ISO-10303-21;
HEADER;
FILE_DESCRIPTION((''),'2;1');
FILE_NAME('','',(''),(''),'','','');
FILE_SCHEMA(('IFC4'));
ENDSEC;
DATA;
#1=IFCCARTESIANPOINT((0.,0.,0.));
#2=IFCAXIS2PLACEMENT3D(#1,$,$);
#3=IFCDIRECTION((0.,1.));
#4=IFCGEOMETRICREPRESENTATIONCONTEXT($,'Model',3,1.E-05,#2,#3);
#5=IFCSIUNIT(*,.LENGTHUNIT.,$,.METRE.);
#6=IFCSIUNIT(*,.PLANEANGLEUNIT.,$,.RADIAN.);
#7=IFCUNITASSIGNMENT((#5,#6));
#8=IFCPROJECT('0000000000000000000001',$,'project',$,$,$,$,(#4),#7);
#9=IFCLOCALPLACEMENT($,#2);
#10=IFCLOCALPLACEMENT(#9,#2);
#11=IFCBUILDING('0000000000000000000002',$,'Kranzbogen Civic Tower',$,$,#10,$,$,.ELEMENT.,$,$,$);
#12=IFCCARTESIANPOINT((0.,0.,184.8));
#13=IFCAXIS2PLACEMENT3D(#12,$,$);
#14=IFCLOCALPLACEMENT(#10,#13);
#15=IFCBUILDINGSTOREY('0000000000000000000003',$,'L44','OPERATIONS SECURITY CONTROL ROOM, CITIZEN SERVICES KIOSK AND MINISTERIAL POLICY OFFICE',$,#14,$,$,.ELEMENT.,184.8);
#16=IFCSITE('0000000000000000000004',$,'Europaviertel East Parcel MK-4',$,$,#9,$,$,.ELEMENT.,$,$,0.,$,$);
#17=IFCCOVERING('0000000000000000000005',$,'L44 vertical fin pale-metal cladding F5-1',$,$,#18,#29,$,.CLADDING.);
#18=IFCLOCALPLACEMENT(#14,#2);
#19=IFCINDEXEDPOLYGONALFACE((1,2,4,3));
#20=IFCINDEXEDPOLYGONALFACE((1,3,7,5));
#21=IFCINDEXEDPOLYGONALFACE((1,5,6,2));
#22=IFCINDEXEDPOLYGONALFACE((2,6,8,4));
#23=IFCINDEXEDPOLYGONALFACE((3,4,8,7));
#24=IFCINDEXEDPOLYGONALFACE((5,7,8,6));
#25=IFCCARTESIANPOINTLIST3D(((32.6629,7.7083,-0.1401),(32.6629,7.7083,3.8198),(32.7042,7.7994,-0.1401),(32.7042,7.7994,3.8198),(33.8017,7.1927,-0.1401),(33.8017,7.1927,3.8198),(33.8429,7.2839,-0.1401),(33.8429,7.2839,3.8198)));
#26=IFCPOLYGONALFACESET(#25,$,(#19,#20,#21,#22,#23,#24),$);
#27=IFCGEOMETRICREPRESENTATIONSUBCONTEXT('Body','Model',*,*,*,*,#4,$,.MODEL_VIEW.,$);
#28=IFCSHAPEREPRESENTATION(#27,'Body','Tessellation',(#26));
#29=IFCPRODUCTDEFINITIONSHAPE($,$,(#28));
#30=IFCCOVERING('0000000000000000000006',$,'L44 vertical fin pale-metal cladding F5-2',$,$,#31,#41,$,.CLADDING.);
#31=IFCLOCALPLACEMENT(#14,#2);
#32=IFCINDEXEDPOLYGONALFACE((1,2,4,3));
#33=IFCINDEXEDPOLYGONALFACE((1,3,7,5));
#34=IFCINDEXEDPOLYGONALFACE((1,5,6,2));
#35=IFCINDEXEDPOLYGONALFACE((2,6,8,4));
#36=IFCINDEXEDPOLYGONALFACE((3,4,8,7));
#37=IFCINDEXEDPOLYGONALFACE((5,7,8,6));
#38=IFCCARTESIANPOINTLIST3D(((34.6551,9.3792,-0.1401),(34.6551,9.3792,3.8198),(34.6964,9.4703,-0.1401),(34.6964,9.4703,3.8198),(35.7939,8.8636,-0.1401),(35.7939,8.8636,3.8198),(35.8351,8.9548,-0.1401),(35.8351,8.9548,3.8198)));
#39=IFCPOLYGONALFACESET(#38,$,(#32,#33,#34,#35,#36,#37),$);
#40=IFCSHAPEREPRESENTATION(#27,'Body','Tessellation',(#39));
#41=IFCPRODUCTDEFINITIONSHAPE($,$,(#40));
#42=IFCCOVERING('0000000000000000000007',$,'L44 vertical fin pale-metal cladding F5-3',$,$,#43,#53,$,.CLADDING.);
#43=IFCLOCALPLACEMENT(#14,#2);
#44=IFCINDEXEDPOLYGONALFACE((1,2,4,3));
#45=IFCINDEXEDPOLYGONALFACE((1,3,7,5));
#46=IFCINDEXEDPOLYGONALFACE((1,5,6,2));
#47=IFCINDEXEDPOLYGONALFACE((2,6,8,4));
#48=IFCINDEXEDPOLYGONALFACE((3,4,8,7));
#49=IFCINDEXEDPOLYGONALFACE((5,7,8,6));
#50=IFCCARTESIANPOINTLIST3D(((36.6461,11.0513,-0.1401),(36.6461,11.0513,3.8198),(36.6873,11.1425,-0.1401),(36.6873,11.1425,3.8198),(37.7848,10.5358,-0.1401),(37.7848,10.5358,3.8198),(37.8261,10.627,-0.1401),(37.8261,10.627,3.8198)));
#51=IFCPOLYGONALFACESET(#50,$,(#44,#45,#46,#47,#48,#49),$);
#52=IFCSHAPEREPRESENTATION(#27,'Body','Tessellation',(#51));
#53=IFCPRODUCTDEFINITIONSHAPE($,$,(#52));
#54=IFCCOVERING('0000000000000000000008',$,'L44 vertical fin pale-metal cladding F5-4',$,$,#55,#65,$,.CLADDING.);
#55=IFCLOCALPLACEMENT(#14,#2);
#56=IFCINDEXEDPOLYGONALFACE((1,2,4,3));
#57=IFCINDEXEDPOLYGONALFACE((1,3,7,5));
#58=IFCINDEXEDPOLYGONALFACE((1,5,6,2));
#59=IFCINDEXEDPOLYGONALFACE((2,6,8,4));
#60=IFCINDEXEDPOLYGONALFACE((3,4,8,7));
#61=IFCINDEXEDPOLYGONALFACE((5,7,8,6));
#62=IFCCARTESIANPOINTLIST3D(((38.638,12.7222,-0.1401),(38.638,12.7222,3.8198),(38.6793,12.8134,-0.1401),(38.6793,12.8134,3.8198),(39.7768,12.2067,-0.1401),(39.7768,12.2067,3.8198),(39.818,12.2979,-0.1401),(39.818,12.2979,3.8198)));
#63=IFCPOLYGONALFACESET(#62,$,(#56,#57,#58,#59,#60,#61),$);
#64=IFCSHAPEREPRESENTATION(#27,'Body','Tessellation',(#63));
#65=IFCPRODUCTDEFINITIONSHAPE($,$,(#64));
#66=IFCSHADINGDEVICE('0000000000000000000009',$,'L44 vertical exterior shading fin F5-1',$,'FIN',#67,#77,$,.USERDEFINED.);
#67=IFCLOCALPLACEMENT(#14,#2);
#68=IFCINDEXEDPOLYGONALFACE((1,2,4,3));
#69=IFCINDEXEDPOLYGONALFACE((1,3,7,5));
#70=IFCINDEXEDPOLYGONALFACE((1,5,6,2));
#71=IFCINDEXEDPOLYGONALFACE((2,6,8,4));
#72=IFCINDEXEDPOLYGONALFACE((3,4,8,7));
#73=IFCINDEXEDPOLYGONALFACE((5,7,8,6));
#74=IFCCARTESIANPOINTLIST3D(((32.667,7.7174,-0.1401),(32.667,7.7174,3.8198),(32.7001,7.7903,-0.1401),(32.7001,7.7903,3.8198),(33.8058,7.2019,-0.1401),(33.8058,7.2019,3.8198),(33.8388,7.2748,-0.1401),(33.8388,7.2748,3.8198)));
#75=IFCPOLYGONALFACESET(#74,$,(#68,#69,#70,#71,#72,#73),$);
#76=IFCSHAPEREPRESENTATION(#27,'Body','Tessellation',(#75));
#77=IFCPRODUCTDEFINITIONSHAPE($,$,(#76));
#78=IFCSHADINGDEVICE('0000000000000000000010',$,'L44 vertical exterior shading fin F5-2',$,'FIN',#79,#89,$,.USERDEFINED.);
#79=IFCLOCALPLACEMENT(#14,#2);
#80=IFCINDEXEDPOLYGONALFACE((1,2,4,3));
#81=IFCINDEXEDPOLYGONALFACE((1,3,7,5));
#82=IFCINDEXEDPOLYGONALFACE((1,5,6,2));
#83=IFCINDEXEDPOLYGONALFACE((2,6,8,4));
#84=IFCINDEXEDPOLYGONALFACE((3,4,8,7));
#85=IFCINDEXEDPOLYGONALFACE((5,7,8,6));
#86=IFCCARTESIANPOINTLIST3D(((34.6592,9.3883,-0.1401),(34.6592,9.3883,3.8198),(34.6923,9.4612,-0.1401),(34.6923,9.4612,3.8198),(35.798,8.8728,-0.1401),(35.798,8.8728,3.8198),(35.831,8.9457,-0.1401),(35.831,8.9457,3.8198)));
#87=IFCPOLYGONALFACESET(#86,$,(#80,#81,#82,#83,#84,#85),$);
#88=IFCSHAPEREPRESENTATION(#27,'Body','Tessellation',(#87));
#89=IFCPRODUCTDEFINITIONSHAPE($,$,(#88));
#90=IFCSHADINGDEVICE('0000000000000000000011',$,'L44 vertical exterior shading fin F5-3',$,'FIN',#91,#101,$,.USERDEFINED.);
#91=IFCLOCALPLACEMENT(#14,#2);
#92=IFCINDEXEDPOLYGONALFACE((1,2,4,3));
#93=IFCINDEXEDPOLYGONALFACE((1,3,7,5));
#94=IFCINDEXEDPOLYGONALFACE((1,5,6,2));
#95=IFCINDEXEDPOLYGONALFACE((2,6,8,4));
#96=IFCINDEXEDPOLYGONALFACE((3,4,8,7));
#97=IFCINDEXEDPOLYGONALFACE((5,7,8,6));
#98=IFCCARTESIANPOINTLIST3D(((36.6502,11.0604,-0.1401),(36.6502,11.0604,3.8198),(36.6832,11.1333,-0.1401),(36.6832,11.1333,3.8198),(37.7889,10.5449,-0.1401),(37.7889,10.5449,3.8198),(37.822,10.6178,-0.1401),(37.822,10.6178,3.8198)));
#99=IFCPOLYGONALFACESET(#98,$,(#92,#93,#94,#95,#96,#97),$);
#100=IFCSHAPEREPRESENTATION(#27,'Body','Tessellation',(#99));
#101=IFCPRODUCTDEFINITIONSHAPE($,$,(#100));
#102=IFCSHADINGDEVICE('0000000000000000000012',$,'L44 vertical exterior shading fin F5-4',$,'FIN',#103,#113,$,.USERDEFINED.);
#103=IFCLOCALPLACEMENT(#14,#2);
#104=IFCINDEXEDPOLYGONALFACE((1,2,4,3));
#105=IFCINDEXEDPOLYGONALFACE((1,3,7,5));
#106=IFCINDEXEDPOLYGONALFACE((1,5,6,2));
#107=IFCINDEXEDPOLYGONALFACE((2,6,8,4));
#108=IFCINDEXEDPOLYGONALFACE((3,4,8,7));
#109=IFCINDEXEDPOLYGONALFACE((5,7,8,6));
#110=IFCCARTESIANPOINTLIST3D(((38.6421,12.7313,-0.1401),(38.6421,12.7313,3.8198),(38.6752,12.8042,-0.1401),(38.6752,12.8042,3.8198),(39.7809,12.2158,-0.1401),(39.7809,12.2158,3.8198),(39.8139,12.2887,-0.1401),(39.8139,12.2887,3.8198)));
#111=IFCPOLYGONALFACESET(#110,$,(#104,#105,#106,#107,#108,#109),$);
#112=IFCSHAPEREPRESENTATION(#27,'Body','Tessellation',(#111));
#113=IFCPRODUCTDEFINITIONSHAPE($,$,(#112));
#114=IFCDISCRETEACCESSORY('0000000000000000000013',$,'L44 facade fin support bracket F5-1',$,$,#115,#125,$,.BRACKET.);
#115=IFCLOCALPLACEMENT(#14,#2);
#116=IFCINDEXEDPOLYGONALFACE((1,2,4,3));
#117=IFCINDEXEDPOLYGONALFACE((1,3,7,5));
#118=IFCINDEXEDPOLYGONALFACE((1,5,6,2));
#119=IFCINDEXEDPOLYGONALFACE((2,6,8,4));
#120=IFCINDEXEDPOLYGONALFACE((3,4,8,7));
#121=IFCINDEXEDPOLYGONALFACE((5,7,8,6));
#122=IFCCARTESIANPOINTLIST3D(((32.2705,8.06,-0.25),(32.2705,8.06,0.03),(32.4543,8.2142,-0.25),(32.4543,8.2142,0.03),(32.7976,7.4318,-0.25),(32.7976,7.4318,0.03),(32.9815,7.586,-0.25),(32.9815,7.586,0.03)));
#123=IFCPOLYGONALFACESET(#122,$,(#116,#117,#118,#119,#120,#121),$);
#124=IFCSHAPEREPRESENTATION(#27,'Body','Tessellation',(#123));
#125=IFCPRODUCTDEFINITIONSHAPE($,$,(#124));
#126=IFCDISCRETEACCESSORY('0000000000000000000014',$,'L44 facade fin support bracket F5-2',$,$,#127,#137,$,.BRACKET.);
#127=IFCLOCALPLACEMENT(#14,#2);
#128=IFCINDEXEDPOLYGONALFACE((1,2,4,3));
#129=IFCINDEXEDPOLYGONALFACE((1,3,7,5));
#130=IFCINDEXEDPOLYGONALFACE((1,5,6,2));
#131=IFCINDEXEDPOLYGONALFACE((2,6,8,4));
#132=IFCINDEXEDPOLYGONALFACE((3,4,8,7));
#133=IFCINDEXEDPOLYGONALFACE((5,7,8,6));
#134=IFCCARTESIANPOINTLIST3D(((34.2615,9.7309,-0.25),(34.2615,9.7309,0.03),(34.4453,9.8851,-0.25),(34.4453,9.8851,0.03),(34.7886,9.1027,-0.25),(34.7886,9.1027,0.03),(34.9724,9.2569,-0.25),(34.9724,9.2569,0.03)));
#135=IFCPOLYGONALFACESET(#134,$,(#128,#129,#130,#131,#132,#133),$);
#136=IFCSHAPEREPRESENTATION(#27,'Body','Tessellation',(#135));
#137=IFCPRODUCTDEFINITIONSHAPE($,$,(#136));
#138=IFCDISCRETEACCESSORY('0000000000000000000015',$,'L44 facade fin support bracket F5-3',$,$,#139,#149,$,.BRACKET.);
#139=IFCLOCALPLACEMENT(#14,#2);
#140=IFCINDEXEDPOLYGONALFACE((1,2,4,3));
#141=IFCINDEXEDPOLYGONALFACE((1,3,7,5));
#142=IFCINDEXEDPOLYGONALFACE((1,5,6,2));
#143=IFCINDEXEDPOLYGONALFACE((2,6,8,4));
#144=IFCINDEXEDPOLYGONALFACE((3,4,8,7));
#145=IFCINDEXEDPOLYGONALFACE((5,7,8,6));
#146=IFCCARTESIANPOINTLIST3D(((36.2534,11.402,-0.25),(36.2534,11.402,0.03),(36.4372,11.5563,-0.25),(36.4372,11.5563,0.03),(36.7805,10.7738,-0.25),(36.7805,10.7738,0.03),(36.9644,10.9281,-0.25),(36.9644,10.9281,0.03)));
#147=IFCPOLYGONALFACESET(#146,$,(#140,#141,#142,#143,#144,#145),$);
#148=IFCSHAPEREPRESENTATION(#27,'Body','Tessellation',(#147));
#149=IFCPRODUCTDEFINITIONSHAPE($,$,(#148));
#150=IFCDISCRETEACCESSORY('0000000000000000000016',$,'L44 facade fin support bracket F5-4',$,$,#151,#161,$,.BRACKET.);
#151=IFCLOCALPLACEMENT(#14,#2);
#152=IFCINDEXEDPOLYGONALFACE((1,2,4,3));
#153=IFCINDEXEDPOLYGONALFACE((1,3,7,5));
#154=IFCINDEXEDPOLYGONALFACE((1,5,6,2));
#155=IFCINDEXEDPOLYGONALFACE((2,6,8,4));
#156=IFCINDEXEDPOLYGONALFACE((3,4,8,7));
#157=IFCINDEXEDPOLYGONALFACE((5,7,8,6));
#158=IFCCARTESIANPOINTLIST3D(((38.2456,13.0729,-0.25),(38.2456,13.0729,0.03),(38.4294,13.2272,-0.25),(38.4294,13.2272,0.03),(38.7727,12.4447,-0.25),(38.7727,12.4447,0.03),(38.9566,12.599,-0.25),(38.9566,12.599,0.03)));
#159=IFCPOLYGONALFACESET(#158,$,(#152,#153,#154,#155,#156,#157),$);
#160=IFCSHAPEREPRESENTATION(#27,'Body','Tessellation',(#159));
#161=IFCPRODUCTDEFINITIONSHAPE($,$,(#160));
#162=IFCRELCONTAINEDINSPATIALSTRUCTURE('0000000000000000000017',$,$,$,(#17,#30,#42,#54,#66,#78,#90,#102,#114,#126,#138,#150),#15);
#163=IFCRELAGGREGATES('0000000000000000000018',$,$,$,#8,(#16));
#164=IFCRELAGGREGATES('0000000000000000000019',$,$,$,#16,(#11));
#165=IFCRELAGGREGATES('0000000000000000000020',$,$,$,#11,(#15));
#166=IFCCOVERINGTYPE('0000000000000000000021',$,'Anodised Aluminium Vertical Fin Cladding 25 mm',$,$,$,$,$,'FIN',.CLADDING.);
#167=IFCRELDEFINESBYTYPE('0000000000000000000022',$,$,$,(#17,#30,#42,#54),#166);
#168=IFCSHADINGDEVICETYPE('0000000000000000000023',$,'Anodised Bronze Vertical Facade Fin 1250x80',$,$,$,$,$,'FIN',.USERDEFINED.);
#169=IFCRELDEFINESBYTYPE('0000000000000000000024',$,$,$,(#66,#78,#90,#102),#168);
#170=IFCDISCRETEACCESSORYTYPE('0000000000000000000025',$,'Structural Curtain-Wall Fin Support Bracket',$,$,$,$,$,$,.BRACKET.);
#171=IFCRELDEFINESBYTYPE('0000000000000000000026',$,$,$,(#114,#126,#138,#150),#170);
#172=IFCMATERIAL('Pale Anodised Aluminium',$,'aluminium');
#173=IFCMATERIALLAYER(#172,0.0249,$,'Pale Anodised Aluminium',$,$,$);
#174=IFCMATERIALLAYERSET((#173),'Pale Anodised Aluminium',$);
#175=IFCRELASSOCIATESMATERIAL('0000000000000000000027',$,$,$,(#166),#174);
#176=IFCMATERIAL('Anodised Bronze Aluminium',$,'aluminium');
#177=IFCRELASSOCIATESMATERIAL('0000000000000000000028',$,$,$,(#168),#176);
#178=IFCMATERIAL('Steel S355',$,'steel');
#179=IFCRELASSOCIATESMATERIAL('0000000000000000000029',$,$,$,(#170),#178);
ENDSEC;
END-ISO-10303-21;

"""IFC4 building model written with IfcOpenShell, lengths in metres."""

from ifc_helpers import new_model, si_unit, direction, frame, origin, origin_2d, place, context, subcontext, project, spatial, rectangle, extrude, material, layer, layer_set, type_object, element, save


model = new_model("IFC4")

# Units and contexts
model_context = context("Model", 3, precision=1e-05, world=origin(), true_north=direction((0.0, 1.0)))
body_context = subcontext(model_context, "Body", "Model", "MODEL_VIEW")
ifc_project = project(units=[si_unit("LENGTHUNIT", "METRE"), si_unit("PLANEANGLEUNIT", "RADIAN")], contexts=[model_context])

# Site, building, storey
site_placement = place(None, origin())
site = spatial("IfcSite", under=ifc_project, at=site_placement, Name="Europaviertel East Parcel MK-4", CompositionType="ELEMENT", RefElevation=0.0)
building_placement = place(site_placement, origin())
building = spatial("IfcBuilding", under=site, at=building_placement, Name="Kranzbogen Civic Tower", CompositionType="ELEMENT")
storey_placement = place(building_placement, frame((0.0, 0.0, 184.8)))
storey = spatial("IfcBuildingStorey", under=building, at=storey_placement, Name="L44", Description="OPERATIONS SECURITY CONTROL ROOM, CITIZEN SERVICES KIOSK AND MINISTERIAL POLICY OFFICE", CompositionType="ELEMENT", Elevation=184.8)

# Shared definitions
ifc_material_1 = material(Name="Steel S355", Category="steel")

# Shared definitions
ifc_material_2 = material(Name="Pale Anodised Aluminium", Category="aluminium")

# Coverings
ifc_layer_1 = layer(ifc_material_2, 0.0249, Name="Pale Anodised Aluminium")
ifc_layer_set_1 = layer_set([ifc_layer_1], Name="Pale Anodised Aluminium")
covering_type = type_object("IfcCoveringType", Name="Anodised Aluminium Vertical Fin Cladding 25 mm", ElementType="FIN", PredefinedType="CLADDING", material=ifc_layer_set_1)
for number, where, z_axis, x_axis, name in (
    (1, (33.2529, 7.4961, -0.1401), (0.0, 0.0, 1.0), (0.911001, -0.412405, 0.0), "L44 vertical fin pale-metal cladding F5-1"),
    (2, (35.2451, 9.167, -0.1401), (0.0, 0.0, 1.0), (0.911001, -0.412405, 0.0), "L44 vertical fin pale-metal cladding F5-2"),
    (3, (37.2361, 10.8391, -0.1401), (0.0, 0.0, 1.0), (0.911001, -0.412405, 0.0), "L44 vertical fin pale-metal cladding F5-3"),
    (4, (39.228, 12.51, -0.1401), (0.0, 0.0, 1.0), (0.911001, -0.412405, 0.0), "L44 vertical fin pale-metal cladding F5-4"),
):
    element("IfcCovering", number, at=place(storey_placement, frame(where, z_axis=z_axis, x_axis=x_axis)), inside=storey, type_object=covering_type, Name=name, PredefinedType="CLADDING", context=body_context, shape_type="SweptSolid", body=[
        extrude(rectangle(XDim=1.25, YDim=0.1001, at=origin_2d()), origin(), (0.0, 0.0, 1.0), 3.96),
    ])

# Shading devices
ifc_material_3 = material(Name="Anodised Bronze Aluminium", Category="aluminium")
shading_device_type = type_object("IfcShadingDeviceType", Name="Anodised Bronze Vertical Facade Fin 1250x80", ElementType="FIN", PredefinedType="USERDEFINED", material=ifc_material_3)
for number, where, z_axis, x_axis, name in (
    (5, (33.2529, 7.4961, -0.1401), (0.0, 0.0, 1.0), (0.911001, -0.412405, 0.0), "L44 vertical exterior shading fin F5-1"),
    (6, (35.2451, 9.167, -0.1401), (0.0, 0.0, 1.0), (0.911001, -0.412405, 0.0), "L44 vertical exterior shading fin F5-2"),
    (7, (37.2361, 10.8391, -0.1401), (0.0, 0.0, 1.0), (0.911001, -0.412405, 0.0), "L44 vertical exterior shading fin F5-3"),
    (8, (39.228, 12.51, -0.1401), (0.0, 0.0, 1.0), (0.911001, -0.412405, 0.0), "L44 vertical exterior shading fin F5-4"),
):
    element("IfcShadingDevice", number, at=place(storey_placement, frame(where, z_axis=z_axis, x_axis=x_axis)), inside=storey, type_object=shading_device_type, Name=name, ObjectType="FIN", PredefinedType="USERDEFINED", context=body_context, shape_type="SweptSolid", body=[
        extrude(rectangle(XDim=1.25, YDim=0.0801, at=origin_2d()), origin(), (0.0, 0.0, 1.0), 3.96),
    ])

# Discrete accessories
discrete_accessory_type = type_object("IfcDiscreteAccessoryType", Name="Structural Curtain-Wall Fin Support Bracket", PredefinedType="BRACKET", material=ifc_material_1)
for number, where, z_axis, x_axis, name in (
    (9, (32.626, 7.823, -0.25), (0.0, 0.0, 1.0), (0.642788, -0.766044, 0.0), "L44 facade fin support bracket F5-1"),
    (10, (34.6169, 9.4939, -0.25), (0.0, 0.0, 1.0), (0.642788, -0.766044, 0.0), "L44 facade fin support bracket F5-2"),
    (11, (36.6089, 11.165, -0.25), (0.0, 0.0, 1.0), (0.642788, -0.766044, 0.0), "L44 facade fin support bracket F5-3"),
    (12, (38.6011, 12.8359, -0.25), (0.0, 0.0, 1.0), (0.642788, -0.766044, 0.0), "L44 facade fin support bracket F5-4"),
):
    element("IfcDiscreteAccessory", number, at=place(storey_placement, frame(where, z_axis=z_axis, x_axis=x_axis)), inside=storey, type_object=discrete_accessory_type, Name=name, PredefinedType="BRACKET", context=body_context, shape_type="SweptSolid", body=[
        extrude(rectangle(XDim=0.8201, YDim=0.24, at=origin_2d()), origin(), (0.0, 0.0, 1.0), 0.28),
    ])

save(model, "model.ifc")
